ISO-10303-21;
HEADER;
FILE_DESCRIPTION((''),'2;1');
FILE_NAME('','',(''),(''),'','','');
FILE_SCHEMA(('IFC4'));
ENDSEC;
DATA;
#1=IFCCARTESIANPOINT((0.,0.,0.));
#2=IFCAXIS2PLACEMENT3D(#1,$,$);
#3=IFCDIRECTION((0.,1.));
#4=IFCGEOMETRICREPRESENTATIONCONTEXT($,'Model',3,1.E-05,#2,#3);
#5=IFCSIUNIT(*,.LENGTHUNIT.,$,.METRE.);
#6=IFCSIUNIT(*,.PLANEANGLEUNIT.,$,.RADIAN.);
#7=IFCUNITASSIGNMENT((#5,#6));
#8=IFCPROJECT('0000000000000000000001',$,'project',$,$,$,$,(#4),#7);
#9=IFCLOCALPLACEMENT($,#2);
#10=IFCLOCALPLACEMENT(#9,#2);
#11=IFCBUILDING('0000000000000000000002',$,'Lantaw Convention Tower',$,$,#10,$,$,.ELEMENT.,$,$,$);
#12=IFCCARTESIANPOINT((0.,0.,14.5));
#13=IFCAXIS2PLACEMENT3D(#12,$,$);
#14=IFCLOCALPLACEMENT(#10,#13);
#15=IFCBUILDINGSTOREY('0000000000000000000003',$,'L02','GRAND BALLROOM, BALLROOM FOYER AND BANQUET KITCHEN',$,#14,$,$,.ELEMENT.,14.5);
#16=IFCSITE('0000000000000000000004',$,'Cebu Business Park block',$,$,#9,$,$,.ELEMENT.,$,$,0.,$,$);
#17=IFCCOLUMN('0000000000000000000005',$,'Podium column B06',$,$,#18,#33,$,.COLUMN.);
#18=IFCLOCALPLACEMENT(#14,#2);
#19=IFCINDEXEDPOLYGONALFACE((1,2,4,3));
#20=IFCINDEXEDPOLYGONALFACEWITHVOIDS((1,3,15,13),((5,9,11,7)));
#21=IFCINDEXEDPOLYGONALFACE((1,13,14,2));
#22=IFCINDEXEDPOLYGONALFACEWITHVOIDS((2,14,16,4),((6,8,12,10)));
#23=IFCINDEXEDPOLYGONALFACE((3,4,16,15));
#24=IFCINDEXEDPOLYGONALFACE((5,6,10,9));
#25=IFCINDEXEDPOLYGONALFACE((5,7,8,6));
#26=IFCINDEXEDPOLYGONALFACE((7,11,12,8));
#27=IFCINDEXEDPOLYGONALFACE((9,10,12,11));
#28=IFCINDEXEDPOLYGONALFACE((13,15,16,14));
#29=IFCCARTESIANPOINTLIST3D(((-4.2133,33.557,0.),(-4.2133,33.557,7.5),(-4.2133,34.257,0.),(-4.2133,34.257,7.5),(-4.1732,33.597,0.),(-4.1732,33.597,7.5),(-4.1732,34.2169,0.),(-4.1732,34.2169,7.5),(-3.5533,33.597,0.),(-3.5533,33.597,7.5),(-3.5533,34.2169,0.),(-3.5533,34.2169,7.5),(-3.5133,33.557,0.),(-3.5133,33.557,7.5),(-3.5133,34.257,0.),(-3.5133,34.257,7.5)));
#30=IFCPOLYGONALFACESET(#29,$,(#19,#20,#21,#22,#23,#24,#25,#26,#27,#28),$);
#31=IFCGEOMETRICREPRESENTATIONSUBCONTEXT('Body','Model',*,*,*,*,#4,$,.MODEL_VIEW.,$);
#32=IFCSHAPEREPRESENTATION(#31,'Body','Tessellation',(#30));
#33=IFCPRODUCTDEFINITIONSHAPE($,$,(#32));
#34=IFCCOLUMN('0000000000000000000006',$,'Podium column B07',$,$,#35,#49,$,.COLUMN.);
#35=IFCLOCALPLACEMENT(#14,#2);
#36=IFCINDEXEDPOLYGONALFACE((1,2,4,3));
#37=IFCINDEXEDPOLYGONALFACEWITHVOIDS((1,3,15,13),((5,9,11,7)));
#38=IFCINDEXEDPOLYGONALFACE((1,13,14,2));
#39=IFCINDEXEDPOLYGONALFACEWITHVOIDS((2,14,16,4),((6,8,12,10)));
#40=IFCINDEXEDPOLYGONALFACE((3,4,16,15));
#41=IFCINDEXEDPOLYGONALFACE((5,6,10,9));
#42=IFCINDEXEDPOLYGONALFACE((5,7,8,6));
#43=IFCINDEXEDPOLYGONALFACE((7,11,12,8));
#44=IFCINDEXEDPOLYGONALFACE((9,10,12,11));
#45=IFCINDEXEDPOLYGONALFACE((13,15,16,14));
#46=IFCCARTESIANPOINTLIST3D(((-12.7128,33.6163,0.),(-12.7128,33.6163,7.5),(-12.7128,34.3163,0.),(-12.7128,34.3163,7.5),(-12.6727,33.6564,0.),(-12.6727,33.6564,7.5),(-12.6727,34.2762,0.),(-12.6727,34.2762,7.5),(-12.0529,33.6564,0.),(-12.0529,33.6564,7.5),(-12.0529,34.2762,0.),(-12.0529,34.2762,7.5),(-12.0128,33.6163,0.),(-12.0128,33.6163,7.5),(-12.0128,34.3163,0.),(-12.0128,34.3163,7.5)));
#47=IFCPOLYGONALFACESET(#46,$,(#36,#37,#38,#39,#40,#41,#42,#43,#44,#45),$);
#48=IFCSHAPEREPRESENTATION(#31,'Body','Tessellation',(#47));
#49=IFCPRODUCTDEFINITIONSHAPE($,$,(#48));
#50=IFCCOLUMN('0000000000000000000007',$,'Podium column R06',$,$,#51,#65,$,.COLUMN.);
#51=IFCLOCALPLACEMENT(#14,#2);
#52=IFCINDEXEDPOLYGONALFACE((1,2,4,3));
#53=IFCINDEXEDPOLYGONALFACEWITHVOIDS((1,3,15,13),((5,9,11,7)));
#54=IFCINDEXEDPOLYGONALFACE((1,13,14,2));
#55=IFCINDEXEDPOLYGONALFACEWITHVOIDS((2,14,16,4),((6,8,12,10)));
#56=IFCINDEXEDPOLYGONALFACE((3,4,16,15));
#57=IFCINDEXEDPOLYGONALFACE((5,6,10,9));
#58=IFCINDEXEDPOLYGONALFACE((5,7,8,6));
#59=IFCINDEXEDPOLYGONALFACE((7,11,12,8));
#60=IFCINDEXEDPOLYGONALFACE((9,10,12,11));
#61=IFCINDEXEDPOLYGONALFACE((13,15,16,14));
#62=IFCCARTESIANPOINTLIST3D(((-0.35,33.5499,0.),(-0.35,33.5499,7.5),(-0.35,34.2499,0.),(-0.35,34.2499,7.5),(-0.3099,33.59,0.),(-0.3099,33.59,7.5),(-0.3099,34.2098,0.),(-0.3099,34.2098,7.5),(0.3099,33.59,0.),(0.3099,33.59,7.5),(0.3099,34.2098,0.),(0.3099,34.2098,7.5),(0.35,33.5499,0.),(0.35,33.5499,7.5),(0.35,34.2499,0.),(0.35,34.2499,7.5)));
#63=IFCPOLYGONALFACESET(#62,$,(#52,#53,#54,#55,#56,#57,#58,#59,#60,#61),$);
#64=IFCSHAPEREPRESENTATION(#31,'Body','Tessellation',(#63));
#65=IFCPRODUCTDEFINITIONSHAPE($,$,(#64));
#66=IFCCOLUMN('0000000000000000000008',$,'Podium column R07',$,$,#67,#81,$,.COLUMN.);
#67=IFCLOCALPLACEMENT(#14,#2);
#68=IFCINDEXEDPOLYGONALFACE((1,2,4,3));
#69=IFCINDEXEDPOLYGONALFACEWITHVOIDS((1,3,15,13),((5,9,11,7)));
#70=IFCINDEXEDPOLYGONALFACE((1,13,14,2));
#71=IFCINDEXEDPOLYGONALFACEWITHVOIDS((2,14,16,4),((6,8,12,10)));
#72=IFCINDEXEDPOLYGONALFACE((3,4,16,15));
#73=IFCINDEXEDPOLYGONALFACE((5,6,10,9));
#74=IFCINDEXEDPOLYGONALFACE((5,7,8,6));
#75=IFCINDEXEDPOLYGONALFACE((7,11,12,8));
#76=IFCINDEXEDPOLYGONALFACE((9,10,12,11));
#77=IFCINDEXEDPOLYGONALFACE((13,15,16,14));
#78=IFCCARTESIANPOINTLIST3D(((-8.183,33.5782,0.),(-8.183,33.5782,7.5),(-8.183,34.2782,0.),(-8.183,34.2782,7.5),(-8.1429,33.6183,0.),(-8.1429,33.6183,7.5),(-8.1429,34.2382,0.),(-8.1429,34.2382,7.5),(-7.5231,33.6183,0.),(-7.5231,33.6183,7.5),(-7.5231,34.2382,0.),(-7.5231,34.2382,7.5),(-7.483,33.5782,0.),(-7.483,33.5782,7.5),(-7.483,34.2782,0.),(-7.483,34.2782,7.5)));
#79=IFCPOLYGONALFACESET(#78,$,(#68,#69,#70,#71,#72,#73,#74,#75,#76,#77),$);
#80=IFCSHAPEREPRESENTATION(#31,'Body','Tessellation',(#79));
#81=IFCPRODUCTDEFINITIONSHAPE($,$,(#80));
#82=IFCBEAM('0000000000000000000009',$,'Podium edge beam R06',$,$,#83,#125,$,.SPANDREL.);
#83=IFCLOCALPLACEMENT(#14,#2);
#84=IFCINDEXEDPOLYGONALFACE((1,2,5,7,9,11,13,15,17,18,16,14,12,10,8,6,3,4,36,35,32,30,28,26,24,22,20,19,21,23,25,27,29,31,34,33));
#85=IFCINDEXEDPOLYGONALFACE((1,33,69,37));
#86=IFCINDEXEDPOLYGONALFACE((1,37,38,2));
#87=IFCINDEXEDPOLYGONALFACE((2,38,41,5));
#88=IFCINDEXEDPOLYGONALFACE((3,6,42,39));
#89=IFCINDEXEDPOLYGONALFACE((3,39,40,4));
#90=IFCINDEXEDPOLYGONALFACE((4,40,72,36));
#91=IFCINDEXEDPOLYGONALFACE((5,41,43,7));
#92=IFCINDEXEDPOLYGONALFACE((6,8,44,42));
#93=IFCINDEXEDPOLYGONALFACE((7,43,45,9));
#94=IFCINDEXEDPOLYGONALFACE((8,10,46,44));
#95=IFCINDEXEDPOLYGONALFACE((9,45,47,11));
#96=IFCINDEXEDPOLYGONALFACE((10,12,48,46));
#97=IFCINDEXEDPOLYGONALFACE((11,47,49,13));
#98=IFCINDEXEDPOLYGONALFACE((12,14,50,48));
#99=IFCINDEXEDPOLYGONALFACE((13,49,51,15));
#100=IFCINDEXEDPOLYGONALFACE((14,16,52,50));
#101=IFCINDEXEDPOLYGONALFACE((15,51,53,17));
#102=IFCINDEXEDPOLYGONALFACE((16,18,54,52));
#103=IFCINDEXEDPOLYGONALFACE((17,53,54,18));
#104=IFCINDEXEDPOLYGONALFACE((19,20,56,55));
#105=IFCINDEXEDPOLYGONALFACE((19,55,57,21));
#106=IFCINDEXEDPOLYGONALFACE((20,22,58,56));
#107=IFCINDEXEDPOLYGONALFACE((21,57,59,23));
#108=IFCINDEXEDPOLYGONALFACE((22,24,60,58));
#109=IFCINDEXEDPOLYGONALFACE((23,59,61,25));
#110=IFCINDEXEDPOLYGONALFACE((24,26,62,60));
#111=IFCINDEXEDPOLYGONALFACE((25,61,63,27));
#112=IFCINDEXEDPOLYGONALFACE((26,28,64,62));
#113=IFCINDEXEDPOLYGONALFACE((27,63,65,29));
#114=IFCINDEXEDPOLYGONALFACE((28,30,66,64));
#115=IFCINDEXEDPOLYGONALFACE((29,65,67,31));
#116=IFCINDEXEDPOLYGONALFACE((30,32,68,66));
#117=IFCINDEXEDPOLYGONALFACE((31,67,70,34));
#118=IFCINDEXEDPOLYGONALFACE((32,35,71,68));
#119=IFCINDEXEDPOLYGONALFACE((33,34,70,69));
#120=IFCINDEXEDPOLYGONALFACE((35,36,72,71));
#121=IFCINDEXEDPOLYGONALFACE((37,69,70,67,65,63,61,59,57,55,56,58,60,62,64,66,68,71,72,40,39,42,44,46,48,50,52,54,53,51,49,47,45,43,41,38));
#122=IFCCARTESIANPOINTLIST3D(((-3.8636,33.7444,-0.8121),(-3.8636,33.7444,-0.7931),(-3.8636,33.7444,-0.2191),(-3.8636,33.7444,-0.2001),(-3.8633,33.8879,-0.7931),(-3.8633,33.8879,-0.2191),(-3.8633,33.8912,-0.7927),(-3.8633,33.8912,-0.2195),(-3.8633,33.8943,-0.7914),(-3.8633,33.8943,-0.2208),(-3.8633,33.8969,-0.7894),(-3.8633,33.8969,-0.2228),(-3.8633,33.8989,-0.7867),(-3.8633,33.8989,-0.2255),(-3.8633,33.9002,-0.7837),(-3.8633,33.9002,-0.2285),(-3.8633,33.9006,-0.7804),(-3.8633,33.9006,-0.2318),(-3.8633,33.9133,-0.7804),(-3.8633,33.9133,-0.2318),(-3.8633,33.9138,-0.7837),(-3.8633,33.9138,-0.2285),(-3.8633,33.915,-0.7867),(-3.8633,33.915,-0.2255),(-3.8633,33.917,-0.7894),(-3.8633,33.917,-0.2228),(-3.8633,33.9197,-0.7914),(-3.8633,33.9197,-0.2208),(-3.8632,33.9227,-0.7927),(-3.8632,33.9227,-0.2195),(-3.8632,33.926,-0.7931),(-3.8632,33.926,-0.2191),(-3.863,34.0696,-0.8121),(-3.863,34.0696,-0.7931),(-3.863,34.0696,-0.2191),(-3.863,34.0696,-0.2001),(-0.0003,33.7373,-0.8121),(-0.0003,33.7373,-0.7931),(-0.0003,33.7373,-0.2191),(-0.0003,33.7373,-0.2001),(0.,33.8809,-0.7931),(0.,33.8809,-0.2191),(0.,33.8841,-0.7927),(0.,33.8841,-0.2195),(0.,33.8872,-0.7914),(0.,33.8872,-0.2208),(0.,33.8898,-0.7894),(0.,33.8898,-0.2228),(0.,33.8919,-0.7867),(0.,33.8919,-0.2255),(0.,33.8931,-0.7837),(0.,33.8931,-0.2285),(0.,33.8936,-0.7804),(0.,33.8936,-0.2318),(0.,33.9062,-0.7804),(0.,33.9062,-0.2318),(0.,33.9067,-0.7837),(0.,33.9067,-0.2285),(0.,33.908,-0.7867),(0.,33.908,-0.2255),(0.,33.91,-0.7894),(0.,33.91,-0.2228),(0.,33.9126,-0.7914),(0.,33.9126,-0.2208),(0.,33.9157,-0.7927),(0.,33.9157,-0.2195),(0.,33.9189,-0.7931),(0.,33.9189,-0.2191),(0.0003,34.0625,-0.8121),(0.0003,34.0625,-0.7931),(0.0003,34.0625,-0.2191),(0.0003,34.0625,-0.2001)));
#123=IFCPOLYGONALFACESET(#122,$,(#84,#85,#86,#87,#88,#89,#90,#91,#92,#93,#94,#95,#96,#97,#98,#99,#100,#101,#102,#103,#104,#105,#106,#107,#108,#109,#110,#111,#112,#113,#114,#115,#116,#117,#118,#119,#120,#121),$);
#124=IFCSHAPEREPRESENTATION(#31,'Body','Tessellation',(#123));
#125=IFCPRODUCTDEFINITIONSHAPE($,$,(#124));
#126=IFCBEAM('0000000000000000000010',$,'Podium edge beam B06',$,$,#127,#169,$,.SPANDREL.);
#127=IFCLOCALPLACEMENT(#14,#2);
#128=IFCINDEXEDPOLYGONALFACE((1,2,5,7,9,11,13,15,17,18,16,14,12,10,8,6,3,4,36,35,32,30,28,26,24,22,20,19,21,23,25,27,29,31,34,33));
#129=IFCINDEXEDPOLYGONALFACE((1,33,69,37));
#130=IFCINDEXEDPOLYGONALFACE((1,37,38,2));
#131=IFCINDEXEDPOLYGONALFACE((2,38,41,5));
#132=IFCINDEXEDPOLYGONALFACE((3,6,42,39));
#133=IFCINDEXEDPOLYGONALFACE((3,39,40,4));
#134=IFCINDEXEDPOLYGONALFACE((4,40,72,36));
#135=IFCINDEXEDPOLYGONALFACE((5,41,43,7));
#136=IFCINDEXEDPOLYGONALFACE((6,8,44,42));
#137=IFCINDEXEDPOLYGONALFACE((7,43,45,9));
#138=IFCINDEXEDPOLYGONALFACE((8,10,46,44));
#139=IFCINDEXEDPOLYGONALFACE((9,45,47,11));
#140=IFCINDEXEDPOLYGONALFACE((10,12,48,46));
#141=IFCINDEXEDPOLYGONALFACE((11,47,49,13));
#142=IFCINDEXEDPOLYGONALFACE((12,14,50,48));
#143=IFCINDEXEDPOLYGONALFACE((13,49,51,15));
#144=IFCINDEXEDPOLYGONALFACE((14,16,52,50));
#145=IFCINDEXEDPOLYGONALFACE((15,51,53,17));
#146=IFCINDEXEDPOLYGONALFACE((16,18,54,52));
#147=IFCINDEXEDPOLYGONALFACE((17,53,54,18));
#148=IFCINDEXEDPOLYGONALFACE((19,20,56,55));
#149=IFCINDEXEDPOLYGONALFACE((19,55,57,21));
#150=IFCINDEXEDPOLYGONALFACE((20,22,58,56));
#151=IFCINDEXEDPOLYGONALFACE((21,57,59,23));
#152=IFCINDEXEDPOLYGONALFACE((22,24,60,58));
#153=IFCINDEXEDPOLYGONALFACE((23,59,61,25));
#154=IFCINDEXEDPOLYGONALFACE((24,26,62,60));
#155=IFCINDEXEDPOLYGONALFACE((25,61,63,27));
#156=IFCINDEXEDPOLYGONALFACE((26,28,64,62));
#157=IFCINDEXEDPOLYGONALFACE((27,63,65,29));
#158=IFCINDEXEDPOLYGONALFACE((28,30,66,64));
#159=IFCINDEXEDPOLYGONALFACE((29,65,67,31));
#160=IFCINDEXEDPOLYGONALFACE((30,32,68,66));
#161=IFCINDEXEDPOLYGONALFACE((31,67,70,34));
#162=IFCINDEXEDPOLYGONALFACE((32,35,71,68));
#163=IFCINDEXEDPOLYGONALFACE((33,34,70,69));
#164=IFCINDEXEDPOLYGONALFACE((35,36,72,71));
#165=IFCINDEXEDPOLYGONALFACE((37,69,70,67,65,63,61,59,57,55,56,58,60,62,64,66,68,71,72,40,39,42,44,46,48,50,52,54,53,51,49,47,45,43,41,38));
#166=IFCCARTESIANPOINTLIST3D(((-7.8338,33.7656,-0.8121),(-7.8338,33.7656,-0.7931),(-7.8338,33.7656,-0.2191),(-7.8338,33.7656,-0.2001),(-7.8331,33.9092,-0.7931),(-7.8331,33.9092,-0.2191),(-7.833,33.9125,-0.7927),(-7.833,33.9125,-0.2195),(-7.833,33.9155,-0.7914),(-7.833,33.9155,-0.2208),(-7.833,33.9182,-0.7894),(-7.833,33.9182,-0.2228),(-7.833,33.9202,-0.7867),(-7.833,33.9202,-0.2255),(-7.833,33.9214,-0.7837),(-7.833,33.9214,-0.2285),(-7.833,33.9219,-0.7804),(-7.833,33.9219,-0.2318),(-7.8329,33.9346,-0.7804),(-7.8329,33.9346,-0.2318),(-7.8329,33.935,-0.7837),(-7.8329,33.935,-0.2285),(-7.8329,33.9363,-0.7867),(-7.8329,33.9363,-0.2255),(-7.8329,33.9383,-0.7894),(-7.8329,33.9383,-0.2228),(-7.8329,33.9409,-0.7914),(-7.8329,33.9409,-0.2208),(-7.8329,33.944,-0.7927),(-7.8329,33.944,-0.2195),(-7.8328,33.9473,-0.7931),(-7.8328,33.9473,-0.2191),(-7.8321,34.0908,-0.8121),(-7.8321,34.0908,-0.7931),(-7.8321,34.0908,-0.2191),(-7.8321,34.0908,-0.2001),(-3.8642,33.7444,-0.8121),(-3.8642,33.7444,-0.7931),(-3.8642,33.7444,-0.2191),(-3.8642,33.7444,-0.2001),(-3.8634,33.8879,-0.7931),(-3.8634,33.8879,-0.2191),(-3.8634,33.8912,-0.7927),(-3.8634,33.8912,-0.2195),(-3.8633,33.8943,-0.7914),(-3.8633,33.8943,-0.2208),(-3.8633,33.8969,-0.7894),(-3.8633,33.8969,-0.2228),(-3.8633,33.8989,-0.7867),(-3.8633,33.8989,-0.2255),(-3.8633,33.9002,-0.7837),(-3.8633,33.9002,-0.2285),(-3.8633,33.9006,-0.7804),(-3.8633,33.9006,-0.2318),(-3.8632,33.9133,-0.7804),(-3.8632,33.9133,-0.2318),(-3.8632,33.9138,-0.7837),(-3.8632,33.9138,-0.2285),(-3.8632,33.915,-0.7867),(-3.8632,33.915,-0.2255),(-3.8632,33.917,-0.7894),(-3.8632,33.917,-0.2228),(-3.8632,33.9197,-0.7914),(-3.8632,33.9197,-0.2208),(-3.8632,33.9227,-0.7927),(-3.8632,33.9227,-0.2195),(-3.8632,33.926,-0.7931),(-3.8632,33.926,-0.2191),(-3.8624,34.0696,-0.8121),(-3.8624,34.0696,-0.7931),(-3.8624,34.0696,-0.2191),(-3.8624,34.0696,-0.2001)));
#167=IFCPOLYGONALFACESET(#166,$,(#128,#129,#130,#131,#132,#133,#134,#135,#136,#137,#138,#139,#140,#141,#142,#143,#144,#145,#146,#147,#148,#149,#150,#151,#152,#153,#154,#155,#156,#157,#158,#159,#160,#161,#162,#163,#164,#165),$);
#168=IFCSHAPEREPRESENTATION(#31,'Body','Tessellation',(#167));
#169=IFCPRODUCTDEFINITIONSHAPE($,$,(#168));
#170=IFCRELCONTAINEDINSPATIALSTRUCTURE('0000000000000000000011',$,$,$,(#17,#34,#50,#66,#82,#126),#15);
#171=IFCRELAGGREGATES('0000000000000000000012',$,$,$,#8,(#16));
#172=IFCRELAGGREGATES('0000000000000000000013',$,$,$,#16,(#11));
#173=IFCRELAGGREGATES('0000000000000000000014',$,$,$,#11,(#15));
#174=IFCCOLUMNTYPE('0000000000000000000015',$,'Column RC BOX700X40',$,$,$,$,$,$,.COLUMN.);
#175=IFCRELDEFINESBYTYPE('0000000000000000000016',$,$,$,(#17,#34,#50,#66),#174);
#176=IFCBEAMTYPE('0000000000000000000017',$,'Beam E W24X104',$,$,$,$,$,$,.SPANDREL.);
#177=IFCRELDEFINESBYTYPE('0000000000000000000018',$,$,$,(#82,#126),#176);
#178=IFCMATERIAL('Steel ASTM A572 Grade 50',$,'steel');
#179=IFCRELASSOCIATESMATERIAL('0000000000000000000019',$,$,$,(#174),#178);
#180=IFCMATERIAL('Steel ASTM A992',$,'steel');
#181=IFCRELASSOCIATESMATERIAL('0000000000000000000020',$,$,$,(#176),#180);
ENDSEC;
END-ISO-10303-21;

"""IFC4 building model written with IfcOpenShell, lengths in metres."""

from ifc_helpers import new_model, si_unit, direction, frame, origin, origin_2d, place, context, subcontext, project, spatial, hollow_rectangle, i_section, extrude, material, material_profile, profile_set, type_object, element, save


model = new_model("IFC4")

# Units and contexts
model_context = context("Model", 3, precision=1e-05, world=origin(), true_north=direction((0.0, 1.0)))
body_context = subcontext(model_context, "Body", "Model", "MODEL_VIEW")
ifc_project = project(units=[si_unit("LENGTHUNIT", "METRE"), si_unit("PLANEANGLEUNIT", "RADIAN")], contexts=[model_context])

# Site, building, storey
site_placement = place(None, origin())
site = spatial("IfcSite", under=ifc_project, at=site_placement, Name="Cebu Business Park block", CompositionType="ELEMENT", RefElevation=0.0)
building_placement = place(site_placement, origin())
building = spatial("IfcBuilding", under=site, at=building_placement, Name="Lantaw Convention Tower", CompositionType="ELEMENT")
storey_placement = place(building_placement, frame((0.0, 0.0, 14.5)))
storey = spatial("IfcBuildingStorey", under=building, at=storey_placement, Name="L02", Description="GRAND BALLROOM, BALLROOM FOYER AND BANQUET KITCHEN", CompositionType="ELEMENT", Elevation=14.5)

# Columns
ifc_material_1 = material(Name="Steel ASTM A572 Grade 50", Category="steel")
ifc_material_profile_1 = material_profile(ifc_material_1, hollow_rectangle(XDim=0.7, YDim=0.7, WallThickness=0.04, at=origin_2d()), Name="BOX700X40")
ifc_profile_set_1 = profile_set([ifc_material_profile_1], Name="Steel ASTM A572 Grade 50")
column_type = type_object("IfcColumnType", Name="Column RC BOX700X40", PredefinedType="COLUMN", material=ifc_profile_set_1)
for number, where, z_axis, x_axis, name in (
    (1, (-3.8633, 33.907, 0.0), (0.0, 0.0, 1.0), (1.0, 0.0, 0.0), "Podium column B06"),
    (2, (-12.3628, 33.9663, 0.0), (0.0, 0.0, 1.0), (1.0, 0.0, 0.0), "Podium column B07"),
    (3, (0.0, 33.8999, 0.0), (0.0, 0.0, 1.0), (1.0, 0.0, 0.0), "Podium column R06"),
    (4, (-7.833, 33.9282, 0.0), (0.0, 0.0, 1.0), (1.0, 0.0, 0.0), "Podium column R07"),
):
    element("IfcColumn", number, at=place(storey_placement, frame(where, z_axis=z_axis, x_axis=x_axis)), inside=storey, type_object=column_type, Name=name, PredefinedType="COLUMN", context=body_context, shape_type="SweptSolid", body=[
        extrude(hollow_rectangle(XDim=0.7, YDim=0.7, WallThickness=0.04, at=origin_2d()), origin(), (0.0, 0.0, 1.0), 7.5),
    ])

# Beams
ifc_material_2 = material(Name="Steel ASTM A992", Category="steel")
ifc_material_profile_2 = material_profile(ifc_material_2, i_section(OverallWidth=0.3252, OverallDepth=0.6121, WebThickness=0.0127, FlangeThickness=0.019, FilletRadius=0.0127, at=origin_2d()), Name="W24X104")
ifc_profile_set_2 = profile_set([ifc_material_profile_2], Name="Steel ASTM A992")
beam_type_1 = type_object("IfcBeamType", Name="Beam E W24X104", PredefinedType="SPANDREL", material=ifc_profile_set_2)
beam_1_placement = place(storey_placement, frame((0.0, 33.8999, -0.5061), z_axis=(-0.999998, 0.001833, 0.0), x_axis=(-0.001833, -0.999998, 0.0)))
element("IfcBeam", 5, at=beam_1_placement, inside=storey, type_object=beam_type_1, Name="Podium edge beam R06", PredefinedType="SPANDREL", context=body_context, shape_type="SweptSolid", body=[
    extrude(i_section(OverallWidth=0.3252, OverallDepth=0.6121, WebThickness=0.0127, FlangeThickness=0.019, FilletRadius=0.0127, at=origin_2d()), origin(), (0.0, 0.0, 1.0), 3.8633),
])
beam_2_placement = place(storey_placement, frame((-3.8633, 33.907, -0.5061), z_axis=(-0.999986, 0.00535, 0.0), x_axis=(-0.00535, -0.999986, 0.0)))
element("IfcBeam", 6, at=beam_2_placement, inside=storey, type_object=beam_type_1, Name="Podium edge beam B06", PredefinedType="SPANDREL", context=body_context, shape_type="SweptSolid", body=[
    extrude(i_section(OverallWidth=0.3252, OverallDepth=0.6121, WebThickness=0.0127, FlangeThickness=0.019, FilletRadius=0.0127, at=origin_2d()), origin(), (0.0, 0.0, 1.0), 3.9697),
])

save(model, "model.ifc")
